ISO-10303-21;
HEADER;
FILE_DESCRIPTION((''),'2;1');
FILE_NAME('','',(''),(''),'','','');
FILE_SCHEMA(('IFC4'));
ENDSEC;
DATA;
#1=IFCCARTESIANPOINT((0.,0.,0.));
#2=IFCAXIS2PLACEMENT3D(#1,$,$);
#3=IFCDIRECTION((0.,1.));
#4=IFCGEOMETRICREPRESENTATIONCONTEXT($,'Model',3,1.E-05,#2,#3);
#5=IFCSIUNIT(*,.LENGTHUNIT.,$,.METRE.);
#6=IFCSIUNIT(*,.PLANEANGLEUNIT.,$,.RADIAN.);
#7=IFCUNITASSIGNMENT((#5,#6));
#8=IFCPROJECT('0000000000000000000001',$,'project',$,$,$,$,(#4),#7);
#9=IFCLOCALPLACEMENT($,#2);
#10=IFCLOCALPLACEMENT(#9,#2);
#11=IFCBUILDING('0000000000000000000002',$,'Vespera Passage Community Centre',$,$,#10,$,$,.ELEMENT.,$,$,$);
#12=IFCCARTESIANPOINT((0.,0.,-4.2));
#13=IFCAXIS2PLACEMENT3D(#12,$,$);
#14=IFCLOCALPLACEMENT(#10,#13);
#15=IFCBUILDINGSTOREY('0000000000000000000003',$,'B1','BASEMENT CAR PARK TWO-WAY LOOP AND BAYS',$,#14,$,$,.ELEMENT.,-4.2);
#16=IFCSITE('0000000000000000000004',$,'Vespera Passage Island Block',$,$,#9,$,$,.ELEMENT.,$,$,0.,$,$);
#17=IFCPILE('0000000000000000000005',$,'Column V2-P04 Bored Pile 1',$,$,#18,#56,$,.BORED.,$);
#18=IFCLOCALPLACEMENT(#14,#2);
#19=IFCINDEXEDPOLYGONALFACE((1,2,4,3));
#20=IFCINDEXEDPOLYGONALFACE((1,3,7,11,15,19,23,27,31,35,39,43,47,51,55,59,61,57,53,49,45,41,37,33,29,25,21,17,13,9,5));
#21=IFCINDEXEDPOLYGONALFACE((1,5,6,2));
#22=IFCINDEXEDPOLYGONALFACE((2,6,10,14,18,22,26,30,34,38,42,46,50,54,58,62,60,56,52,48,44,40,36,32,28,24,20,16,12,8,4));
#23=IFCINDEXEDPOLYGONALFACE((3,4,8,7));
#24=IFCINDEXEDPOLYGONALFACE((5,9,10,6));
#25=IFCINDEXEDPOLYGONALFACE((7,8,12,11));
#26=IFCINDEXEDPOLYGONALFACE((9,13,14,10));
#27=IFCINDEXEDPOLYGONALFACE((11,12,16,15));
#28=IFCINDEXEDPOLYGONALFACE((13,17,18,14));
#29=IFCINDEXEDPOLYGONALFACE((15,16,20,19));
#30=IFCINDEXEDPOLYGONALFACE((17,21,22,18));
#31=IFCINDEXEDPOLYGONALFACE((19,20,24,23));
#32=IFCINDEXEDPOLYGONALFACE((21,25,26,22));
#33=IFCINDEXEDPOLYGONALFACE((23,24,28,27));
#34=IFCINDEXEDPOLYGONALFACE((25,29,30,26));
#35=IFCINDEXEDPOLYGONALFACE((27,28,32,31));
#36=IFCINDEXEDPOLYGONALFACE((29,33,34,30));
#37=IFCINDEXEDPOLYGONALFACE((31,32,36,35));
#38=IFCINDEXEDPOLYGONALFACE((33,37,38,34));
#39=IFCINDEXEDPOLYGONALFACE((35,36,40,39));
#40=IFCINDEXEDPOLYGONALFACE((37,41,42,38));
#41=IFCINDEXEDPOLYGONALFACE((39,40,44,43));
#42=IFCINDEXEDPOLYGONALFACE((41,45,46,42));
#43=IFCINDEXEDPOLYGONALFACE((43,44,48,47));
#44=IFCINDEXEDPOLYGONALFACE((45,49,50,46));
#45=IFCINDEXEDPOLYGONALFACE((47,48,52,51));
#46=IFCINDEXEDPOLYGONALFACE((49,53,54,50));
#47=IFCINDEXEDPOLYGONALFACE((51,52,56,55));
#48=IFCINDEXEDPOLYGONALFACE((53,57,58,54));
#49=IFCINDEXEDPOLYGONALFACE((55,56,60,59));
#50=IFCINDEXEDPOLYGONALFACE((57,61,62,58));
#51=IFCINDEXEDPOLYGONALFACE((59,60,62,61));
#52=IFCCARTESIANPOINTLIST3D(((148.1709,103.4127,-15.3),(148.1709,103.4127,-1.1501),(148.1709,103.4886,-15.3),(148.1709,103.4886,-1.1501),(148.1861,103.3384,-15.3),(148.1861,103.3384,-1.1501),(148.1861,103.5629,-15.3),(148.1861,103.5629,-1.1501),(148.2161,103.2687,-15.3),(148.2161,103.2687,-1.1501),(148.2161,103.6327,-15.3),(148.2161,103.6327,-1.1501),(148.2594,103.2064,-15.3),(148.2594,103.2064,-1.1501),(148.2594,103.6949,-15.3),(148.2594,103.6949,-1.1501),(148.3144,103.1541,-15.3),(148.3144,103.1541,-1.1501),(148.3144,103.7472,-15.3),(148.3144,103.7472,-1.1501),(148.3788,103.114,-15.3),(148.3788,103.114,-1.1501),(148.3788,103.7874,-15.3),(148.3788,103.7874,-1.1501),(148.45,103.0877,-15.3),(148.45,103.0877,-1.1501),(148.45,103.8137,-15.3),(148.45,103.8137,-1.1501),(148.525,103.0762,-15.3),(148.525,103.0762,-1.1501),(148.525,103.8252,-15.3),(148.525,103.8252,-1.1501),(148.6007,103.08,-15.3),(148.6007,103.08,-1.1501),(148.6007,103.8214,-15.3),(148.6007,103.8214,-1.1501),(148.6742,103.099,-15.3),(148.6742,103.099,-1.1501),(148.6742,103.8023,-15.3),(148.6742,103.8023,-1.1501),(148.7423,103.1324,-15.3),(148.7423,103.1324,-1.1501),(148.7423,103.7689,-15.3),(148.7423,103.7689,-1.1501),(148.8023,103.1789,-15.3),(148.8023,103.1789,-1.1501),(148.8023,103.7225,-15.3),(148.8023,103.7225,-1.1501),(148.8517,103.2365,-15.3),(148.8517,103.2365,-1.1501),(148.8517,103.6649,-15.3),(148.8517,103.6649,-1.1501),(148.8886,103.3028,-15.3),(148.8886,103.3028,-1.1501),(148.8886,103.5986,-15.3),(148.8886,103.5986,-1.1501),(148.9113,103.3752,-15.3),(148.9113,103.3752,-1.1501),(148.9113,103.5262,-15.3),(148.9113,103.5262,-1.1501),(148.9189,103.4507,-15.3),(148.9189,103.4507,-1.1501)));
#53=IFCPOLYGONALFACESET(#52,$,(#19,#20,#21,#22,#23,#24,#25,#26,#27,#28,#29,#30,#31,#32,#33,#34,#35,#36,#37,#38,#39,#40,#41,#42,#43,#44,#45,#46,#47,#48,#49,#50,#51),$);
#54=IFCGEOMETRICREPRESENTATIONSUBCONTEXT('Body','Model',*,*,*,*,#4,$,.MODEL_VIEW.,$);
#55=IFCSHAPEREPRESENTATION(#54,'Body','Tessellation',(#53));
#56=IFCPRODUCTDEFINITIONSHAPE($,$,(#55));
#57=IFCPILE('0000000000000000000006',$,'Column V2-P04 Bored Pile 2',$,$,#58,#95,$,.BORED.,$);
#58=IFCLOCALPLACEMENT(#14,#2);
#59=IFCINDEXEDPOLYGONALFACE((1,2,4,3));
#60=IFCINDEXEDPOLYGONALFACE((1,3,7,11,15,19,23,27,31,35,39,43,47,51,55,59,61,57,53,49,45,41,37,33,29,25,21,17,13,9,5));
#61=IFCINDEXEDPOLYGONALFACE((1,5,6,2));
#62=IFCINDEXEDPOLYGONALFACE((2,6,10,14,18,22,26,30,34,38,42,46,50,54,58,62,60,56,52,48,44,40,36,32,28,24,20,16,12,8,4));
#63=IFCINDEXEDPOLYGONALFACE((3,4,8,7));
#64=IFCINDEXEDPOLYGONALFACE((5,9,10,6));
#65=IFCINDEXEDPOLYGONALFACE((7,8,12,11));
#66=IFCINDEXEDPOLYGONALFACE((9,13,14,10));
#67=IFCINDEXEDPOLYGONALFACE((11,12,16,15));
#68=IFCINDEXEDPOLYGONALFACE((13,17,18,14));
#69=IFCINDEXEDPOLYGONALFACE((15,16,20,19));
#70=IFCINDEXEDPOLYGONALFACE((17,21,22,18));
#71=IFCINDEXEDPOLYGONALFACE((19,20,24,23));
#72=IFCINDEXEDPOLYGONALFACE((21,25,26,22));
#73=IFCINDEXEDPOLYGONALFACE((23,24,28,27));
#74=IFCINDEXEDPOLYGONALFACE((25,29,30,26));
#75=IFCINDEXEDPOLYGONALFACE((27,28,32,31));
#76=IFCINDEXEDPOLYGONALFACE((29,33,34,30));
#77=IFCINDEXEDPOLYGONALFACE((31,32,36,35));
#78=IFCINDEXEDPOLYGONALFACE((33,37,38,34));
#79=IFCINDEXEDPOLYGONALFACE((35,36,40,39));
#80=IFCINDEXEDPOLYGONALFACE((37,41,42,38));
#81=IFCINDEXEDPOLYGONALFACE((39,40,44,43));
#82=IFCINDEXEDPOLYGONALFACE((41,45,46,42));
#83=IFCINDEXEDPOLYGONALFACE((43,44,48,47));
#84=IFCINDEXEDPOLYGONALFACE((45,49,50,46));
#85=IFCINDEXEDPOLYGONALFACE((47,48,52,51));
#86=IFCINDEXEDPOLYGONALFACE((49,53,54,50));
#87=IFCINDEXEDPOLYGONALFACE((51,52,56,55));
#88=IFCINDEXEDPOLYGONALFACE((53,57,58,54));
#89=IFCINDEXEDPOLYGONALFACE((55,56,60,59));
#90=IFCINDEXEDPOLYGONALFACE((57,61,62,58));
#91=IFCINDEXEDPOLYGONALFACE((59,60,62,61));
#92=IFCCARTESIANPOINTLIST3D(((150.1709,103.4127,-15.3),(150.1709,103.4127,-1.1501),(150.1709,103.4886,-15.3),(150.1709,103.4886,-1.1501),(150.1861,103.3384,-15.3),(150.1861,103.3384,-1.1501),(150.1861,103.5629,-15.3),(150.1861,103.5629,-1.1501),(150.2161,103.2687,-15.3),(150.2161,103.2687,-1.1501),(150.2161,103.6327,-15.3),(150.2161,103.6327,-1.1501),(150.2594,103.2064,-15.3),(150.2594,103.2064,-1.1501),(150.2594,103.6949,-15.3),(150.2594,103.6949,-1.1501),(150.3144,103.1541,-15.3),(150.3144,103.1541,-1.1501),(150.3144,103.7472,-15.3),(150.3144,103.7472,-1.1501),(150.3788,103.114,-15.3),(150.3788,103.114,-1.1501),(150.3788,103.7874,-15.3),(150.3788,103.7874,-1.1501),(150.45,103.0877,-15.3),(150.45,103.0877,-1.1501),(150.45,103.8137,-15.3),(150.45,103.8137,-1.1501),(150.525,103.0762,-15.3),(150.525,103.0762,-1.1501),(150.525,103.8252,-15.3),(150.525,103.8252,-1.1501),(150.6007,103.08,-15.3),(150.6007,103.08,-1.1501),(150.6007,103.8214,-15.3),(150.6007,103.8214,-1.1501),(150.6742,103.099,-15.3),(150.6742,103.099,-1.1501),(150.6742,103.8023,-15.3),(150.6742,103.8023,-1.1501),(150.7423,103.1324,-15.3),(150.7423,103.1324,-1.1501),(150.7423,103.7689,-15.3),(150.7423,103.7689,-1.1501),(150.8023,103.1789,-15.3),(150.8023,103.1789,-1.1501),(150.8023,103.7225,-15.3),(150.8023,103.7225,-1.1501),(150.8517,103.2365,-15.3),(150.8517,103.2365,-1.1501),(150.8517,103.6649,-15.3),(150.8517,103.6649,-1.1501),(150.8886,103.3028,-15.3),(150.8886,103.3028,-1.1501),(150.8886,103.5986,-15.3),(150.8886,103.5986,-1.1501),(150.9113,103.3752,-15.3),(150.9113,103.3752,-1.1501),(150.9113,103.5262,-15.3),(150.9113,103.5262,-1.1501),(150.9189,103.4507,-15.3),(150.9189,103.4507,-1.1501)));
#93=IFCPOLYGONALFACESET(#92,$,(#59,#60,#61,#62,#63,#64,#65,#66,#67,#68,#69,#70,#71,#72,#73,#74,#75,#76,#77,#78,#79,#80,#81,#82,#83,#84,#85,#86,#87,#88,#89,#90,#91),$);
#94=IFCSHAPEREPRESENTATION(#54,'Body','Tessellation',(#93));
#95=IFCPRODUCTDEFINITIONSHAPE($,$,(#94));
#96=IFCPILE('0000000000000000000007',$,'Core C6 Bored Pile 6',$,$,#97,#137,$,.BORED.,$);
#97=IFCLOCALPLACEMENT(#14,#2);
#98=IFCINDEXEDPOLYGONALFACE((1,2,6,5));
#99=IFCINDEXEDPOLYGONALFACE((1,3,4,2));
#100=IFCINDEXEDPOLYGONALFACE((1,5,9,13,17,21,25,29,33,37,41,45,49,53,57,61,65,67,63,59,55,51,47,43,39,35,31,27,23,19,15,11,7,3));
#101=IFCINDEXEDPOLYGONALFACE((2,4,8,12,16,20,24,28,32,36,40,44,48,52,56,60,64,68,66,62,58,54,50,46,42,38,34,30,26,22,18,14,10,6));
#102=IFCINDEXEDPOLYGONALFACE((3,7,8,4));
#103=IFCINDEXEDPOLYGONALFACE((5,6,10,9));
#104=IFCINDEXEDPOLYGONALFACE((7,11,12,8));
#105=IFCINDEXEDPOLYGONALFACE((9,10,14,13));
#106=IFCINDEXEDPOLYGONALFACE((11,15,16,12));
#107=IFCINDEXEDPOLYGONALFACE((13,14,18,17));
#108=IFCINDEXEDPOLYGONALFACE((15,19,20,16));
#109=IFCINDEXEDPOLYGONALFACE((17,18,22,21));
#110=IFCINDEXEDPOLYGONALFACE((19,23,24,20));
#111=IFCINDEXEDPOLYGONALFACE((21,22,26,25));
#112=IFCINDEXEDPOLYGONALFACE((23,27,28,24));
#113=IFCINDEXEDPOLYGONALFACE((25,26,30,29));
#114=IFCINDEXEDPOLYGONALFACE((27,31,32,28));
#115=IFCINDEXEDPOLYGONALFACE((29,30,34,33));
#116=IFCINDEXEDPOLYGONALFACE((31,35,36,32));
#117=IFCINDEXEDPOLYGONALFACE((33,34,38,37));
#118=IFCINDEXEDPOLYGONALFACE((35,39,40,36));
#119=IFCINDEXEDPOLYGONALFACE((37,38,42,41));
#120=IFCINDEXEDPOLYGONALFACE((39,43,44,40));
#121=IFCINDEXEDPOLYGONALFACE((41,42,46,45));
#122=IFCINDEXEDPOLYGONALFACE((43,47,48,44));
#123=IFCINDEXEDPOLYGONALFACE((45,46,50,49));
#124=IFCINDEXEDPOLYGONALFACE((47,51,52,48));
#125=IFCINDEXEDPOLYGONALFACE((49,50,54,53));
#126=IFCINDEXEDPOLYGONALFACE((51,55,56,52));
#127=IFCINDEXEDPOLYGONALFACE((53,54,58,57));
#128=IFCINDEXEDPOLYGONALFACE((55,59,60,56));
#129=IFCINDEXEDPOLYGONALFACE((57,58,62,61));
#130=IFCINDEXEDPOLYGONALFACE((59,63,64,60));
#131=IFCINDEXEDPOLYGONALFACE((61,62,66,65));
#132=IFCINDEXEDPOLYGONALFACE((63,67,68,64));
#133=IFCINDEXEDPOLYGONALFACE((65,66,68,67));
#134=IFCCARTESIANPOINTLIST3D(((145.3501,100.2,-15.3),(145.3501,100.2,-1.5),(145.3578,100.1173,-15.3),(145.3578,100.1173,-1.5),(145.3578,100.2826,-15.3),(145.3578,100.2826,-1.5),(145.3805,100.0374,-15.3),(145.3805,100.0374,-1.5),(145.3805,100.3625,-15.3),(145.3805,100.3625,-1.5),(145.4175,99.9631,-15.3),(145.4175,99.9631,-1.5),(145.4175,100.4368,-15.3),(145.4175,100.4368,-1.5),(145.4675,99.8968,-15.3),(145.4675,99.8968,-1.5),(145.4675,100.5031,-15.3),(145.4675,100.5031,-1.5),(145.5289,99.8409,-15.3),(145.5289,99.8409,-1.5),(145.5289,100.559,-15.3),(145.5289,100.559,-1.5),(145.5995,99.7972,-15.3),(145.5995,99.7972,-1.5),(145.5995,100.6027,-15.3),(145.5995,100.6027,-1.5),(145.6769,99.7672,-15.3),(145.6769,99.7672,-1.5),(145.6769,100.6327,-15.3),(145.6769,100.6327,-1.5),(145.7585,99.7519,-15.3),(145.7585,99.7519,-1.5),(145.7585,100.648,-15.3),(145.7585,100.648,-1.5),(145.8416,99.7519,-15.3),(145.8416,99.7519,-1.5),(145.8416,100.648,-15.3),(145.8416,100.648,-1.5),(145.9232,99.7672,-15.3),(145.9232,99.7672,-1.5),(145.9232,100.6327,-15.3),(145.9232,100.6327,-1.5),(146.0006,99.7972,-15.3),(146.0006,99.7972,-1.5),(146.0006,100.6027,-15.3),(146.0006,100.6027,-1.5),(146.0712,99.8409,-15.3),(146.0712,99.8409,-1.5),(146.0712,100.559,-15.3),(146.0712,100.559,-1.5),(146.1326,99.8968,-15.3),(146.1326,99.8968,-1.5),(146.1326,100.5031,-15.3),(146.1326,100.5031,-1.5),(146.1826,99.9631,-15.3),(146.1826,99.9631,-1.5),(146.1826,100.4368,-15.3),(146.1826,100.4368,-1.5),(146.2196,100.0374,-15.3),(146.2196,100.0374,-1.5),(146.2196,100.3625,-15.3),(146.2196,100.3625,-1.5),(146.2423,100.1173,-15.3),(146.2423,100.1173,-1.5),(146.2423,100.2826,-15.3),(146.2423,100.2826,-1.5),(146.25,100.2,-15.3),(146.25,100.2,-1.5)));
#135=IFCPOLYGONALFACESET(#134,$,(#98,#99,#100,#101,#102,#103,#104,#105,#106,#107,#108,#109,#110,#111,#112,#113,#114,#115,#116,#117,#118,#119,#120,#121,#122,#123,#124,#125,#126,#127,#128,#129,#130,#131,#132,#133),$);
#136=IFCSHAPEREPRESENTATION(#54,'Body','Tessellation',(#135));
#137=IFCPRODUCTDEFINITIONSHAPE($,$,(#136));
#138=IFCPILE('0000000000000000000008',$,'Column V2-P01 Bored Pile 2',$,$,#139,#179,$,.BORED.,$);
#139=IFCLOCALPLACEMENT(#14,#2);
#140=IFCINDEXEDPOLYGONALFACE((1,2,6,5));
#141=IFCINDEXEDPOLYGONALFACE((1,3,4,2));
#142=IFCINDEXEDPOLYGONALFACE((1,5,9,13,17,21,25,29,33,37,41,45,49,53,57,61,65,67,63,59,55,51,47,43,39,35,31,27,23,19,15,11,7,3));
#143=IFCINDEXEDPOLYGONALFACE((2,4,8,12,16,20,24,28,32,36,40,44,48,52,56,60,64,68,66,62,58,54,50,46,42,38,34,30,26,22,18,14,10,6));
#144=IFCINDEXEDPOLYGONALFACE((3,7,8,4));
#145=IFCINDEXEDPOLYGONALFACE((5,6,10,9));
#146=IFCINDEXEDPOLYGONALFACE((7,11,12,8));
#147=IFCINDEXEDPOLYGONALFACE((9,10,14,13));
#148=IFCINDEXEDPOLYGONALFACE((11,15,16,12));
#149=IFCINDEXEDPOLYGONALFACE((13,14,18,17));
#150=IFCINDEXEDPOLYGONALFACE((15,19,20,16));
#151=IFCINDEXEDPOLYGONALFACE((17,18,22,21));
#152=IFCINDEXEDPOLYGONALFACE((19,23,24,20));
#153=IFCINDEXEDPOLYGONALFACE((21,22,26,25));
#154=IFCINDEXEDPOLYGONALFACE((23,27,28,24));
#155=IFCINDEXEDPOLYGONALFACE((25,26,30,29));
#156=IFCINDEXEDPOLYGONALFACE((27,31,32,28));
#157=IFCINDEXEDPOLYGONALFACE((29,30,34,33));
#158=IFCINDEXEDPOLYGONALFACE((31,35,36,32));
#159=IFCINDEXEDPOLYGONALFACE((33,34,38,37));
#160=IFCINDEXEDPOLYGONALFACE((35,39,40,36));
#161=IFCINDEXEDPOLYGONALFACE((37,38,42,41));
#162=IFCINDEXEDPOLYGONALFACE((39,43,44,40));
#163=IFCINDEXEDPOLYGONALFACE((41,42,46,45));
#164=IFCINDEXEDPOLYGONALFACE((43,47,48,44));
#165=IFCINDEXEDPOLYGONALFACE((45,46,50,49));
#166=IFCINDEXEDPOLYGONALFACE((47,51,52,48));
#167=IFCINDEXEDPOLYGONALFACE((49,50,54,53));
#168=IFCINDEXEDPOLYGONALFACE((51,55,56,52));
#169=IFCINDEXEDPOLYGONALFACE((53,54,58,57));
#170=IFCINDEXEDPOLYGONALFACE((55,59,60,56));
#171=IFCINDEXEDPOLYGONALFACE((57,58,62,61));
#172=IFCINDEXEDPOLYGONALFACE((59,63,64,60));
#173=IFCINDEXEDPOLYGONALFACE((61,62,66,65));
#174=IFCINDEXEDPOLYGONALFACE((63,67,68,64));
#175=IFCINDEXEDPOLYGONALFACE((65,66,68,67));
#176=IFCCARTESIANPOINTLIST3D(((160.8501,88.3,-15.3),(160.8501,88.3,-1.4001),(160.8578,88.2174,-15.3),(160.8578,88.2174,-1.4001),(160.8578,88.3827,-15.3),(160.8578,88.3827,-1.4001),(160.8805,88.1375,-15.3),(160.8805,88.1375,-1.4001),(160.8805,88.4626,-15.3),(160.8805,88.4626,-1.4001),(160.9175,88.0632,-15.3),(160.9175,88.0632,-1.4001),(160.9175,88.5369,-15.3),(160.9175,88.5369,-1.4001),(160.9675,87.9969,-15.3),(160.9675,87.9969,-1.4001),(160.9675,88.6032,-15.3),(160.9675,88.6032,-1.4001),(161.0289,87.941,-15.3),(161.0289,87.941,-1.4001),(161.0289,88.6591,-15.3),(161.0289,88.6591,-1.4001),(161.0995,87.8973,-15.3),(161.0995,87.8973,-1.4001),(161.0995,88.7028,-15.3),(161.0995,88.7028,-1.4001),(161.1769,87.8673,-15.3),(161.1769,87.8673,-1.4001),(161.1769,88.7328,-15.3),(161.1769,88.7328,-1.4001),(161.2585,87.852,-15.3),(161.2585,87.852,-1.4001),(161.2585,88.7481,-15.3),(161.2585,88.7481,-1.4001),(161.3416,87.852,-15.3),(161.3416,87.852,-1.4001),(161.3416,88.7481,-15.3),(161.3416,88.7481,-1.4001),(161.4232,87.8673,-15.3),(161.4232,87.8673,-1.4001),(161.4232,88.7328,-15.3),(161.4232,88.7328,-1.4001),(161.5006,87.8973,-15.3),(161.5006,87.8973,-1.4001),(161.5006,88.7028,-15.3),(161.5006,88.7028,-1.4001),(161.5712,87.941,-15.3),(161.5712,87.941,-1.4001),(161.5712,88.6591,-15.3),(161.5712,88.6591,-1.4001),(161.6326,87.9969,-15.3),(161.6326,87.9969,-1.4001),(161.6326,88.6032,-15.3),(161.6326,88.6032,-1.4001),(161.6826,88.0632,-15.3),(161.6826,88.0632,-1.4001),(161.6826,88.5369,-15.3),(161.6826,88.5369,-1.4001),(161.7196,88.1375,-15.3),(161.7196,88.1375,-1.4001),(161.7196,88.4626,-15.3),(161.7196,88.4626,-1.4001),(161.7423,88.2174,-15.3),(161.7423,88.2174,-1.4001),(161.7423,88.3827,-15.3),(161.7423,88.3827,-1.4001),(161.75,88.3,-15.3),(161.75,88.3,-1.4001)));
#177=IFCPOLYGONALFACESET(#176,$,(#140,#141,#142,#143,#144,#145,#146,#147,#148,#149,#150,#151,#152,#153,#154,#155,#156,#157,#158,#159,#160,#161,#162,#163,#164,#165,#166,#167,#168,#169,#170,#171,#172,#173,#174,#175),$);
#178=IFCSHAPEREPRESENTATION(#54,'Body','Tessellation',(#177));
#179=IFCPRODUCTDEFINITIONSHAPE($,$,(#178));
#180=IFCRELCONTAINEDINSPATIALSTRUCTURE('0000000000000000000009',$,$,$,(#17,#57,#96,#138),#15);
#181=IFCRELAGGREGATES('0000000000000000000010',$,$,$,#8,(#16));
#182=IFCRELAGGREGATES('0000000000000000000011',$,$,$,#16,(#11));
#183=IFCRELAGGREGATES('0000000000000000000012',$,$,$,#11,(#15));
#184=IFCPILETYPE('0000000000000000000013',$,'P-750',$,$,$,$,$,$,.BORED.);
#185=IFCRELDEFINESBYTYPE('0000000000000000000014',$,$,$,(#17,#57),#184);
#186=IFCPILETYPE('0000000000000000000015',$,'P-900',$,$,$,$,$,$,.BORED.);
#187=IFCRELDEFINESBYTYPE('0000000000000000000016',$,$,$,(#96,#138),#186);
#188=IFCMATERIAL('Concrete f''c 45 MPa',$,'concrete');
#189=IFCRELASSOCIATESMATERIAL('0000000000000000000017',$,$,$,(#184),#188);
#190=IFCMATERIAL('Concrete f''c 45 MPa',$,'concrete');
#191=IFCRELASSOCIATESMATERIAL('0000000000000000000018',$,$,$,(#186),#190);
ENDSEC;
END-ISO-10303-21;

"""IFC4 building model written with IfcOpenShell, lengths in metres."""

from ifc_helpers import new_model, si_unit, direction, frame, origin, origin_2d, place, context, subcontext, project, spatial, circle, extrude, material, material_profile, profile_set, type_object, element, save


model = new_model("IFC4")

# Units and contexts
model_context = context("Model", 3, precision=1e-05, world=origin(), true_north=direction((0.0, 1.0)))
body_context = subcontext(model_context, "Body", "Model", "MODEL_VIEW")
ifc_project = project(units=[si_unit("LENGTHUNIT", "METRE"), si_unit("PLANEANGLEUNIT", "RADIAN")], contexts=[model_context])

# Site, building, storey
site_placement = place(None, origin())
site = spatial("IfcSite", under=ifc_project, at=site_placement, Name="Vespera Passage Island Block", CompositionType="ELEMENT", RefElevation=0.0)
building_placement = place(site_placement, origin())
building = spatial("IfcBuilding", under=site, at=building_placement, Name="Vespera Passage Community Centre", CompositionType="ELEMENT")
storey_placement = place(building_placement, frame((0.0, 0.0, -4.2)))
storey = spatial("IfcBuildingStorey", under=building, at=storey_placement, Name="B1", Description="BASEMENT CAR PARK TWO-WAY LOOP AND BAYS", CompositionType="ELEMENT", Elevation=-4.2)

# Piles
ifc_material_1 = material(Name="Concrete f'c 45 MPa", Category="concrete")
ifc_material_profile_1 = material_profile(ifc_material_1, circle(Radius=0.375, at=origin_2d()), Name="PILE750DIA")
ifc_profile_set_1 = profile_set([ifc_material_profile_1], Name="Concrete f'c 45 MPa")
pile_type_1 = type_object("IfcPileType", Name="P-750", PredefinedType="BORED", material=ifc_profile_set_1)
for number, where, z_axis, x_axis, name in (
    (1, (148.5439, 103.4507, -1.1501), (0.0, 0.0, -1.0), (1.0, 0.0, 0.0), "Column V2-P04 Bored Pile 1"),
    (2, (150.5439, 103.4507, -1.1501), (0.0, 0.0, -1.0), (1.0, 0.0, 0.0), "Column V2-P04 Bored Pile 2"),
):
    element("IfcPile", number, at=place(storey_placement, frame(where, z_axis=z_axis, x_axis=x_axis)), inside=storey, type_object=pile_type_1, Name=name, PredefinedType="BORED", context=body_context, shape_type="SweptSolid", body=[
        extrude(circle(Radius=0.375, at=origin_2d()), origin(), (0.0, 0.0, 1.0), 14.1499),
    ])
ifc_material_2 = material(Name="Concrete f'c 45 MPa", Category="concrete")
ifc_material_profile_2 = material_profile(ifc_material_2, circle(Radius=0.45, at=origin_2d()), Name="PILE900DIA")
ifc_profile_set_2 = profile_set([ifc_material_profile_2], Name="Concrete f'c 45 MPa")
pile_type_2 = type_object("IfcPileType", Name="P-900", PredefinedType="BORED", material=ifc_profile_set_2)
pile_placement = place(storey_placement, frame((145.8, 100.2, -1.5), z_axis=(0.0, 0.0, -1.0), x_axis=(1.0, 0.0, 0.0)))
element("IfcPile", 3, at=pile_placement, inside=storey, type_object=pile_type_2, Name="Core C6 Bored Pile 6", PredefinedType="BORED", context=body_context, shape_type="SweptSolid", body=[
    extrude(circle(Radius=0.45, at=origin_2d()), origin(), (0.0, 0.0, 1.0), 13.8),
])
for number, where, z_axis, x_axis, name in (
    (4, (161.3, 88.3, -1.4001), (0.0, 0.0, -1.0), (1.0, 0.0, 0.0), "Column V2-P01 Bored Pile 2"),
):
    element("IfcPile", number, at=place(storey_placement, frame(where, z_axis=z_axis, x_axis=x_axis)), inside=storey, type_object=pile_type_2, Name=name, PredefinedType="BORED", context=body_context, shape_type="SweptSolid", body=[
        extrude(circle(Radius=0.45, at=origin_2d()), origin(), (0.0, 0.0, 1.0), 13.8999),
    ])

save(model, "model.ifc")
